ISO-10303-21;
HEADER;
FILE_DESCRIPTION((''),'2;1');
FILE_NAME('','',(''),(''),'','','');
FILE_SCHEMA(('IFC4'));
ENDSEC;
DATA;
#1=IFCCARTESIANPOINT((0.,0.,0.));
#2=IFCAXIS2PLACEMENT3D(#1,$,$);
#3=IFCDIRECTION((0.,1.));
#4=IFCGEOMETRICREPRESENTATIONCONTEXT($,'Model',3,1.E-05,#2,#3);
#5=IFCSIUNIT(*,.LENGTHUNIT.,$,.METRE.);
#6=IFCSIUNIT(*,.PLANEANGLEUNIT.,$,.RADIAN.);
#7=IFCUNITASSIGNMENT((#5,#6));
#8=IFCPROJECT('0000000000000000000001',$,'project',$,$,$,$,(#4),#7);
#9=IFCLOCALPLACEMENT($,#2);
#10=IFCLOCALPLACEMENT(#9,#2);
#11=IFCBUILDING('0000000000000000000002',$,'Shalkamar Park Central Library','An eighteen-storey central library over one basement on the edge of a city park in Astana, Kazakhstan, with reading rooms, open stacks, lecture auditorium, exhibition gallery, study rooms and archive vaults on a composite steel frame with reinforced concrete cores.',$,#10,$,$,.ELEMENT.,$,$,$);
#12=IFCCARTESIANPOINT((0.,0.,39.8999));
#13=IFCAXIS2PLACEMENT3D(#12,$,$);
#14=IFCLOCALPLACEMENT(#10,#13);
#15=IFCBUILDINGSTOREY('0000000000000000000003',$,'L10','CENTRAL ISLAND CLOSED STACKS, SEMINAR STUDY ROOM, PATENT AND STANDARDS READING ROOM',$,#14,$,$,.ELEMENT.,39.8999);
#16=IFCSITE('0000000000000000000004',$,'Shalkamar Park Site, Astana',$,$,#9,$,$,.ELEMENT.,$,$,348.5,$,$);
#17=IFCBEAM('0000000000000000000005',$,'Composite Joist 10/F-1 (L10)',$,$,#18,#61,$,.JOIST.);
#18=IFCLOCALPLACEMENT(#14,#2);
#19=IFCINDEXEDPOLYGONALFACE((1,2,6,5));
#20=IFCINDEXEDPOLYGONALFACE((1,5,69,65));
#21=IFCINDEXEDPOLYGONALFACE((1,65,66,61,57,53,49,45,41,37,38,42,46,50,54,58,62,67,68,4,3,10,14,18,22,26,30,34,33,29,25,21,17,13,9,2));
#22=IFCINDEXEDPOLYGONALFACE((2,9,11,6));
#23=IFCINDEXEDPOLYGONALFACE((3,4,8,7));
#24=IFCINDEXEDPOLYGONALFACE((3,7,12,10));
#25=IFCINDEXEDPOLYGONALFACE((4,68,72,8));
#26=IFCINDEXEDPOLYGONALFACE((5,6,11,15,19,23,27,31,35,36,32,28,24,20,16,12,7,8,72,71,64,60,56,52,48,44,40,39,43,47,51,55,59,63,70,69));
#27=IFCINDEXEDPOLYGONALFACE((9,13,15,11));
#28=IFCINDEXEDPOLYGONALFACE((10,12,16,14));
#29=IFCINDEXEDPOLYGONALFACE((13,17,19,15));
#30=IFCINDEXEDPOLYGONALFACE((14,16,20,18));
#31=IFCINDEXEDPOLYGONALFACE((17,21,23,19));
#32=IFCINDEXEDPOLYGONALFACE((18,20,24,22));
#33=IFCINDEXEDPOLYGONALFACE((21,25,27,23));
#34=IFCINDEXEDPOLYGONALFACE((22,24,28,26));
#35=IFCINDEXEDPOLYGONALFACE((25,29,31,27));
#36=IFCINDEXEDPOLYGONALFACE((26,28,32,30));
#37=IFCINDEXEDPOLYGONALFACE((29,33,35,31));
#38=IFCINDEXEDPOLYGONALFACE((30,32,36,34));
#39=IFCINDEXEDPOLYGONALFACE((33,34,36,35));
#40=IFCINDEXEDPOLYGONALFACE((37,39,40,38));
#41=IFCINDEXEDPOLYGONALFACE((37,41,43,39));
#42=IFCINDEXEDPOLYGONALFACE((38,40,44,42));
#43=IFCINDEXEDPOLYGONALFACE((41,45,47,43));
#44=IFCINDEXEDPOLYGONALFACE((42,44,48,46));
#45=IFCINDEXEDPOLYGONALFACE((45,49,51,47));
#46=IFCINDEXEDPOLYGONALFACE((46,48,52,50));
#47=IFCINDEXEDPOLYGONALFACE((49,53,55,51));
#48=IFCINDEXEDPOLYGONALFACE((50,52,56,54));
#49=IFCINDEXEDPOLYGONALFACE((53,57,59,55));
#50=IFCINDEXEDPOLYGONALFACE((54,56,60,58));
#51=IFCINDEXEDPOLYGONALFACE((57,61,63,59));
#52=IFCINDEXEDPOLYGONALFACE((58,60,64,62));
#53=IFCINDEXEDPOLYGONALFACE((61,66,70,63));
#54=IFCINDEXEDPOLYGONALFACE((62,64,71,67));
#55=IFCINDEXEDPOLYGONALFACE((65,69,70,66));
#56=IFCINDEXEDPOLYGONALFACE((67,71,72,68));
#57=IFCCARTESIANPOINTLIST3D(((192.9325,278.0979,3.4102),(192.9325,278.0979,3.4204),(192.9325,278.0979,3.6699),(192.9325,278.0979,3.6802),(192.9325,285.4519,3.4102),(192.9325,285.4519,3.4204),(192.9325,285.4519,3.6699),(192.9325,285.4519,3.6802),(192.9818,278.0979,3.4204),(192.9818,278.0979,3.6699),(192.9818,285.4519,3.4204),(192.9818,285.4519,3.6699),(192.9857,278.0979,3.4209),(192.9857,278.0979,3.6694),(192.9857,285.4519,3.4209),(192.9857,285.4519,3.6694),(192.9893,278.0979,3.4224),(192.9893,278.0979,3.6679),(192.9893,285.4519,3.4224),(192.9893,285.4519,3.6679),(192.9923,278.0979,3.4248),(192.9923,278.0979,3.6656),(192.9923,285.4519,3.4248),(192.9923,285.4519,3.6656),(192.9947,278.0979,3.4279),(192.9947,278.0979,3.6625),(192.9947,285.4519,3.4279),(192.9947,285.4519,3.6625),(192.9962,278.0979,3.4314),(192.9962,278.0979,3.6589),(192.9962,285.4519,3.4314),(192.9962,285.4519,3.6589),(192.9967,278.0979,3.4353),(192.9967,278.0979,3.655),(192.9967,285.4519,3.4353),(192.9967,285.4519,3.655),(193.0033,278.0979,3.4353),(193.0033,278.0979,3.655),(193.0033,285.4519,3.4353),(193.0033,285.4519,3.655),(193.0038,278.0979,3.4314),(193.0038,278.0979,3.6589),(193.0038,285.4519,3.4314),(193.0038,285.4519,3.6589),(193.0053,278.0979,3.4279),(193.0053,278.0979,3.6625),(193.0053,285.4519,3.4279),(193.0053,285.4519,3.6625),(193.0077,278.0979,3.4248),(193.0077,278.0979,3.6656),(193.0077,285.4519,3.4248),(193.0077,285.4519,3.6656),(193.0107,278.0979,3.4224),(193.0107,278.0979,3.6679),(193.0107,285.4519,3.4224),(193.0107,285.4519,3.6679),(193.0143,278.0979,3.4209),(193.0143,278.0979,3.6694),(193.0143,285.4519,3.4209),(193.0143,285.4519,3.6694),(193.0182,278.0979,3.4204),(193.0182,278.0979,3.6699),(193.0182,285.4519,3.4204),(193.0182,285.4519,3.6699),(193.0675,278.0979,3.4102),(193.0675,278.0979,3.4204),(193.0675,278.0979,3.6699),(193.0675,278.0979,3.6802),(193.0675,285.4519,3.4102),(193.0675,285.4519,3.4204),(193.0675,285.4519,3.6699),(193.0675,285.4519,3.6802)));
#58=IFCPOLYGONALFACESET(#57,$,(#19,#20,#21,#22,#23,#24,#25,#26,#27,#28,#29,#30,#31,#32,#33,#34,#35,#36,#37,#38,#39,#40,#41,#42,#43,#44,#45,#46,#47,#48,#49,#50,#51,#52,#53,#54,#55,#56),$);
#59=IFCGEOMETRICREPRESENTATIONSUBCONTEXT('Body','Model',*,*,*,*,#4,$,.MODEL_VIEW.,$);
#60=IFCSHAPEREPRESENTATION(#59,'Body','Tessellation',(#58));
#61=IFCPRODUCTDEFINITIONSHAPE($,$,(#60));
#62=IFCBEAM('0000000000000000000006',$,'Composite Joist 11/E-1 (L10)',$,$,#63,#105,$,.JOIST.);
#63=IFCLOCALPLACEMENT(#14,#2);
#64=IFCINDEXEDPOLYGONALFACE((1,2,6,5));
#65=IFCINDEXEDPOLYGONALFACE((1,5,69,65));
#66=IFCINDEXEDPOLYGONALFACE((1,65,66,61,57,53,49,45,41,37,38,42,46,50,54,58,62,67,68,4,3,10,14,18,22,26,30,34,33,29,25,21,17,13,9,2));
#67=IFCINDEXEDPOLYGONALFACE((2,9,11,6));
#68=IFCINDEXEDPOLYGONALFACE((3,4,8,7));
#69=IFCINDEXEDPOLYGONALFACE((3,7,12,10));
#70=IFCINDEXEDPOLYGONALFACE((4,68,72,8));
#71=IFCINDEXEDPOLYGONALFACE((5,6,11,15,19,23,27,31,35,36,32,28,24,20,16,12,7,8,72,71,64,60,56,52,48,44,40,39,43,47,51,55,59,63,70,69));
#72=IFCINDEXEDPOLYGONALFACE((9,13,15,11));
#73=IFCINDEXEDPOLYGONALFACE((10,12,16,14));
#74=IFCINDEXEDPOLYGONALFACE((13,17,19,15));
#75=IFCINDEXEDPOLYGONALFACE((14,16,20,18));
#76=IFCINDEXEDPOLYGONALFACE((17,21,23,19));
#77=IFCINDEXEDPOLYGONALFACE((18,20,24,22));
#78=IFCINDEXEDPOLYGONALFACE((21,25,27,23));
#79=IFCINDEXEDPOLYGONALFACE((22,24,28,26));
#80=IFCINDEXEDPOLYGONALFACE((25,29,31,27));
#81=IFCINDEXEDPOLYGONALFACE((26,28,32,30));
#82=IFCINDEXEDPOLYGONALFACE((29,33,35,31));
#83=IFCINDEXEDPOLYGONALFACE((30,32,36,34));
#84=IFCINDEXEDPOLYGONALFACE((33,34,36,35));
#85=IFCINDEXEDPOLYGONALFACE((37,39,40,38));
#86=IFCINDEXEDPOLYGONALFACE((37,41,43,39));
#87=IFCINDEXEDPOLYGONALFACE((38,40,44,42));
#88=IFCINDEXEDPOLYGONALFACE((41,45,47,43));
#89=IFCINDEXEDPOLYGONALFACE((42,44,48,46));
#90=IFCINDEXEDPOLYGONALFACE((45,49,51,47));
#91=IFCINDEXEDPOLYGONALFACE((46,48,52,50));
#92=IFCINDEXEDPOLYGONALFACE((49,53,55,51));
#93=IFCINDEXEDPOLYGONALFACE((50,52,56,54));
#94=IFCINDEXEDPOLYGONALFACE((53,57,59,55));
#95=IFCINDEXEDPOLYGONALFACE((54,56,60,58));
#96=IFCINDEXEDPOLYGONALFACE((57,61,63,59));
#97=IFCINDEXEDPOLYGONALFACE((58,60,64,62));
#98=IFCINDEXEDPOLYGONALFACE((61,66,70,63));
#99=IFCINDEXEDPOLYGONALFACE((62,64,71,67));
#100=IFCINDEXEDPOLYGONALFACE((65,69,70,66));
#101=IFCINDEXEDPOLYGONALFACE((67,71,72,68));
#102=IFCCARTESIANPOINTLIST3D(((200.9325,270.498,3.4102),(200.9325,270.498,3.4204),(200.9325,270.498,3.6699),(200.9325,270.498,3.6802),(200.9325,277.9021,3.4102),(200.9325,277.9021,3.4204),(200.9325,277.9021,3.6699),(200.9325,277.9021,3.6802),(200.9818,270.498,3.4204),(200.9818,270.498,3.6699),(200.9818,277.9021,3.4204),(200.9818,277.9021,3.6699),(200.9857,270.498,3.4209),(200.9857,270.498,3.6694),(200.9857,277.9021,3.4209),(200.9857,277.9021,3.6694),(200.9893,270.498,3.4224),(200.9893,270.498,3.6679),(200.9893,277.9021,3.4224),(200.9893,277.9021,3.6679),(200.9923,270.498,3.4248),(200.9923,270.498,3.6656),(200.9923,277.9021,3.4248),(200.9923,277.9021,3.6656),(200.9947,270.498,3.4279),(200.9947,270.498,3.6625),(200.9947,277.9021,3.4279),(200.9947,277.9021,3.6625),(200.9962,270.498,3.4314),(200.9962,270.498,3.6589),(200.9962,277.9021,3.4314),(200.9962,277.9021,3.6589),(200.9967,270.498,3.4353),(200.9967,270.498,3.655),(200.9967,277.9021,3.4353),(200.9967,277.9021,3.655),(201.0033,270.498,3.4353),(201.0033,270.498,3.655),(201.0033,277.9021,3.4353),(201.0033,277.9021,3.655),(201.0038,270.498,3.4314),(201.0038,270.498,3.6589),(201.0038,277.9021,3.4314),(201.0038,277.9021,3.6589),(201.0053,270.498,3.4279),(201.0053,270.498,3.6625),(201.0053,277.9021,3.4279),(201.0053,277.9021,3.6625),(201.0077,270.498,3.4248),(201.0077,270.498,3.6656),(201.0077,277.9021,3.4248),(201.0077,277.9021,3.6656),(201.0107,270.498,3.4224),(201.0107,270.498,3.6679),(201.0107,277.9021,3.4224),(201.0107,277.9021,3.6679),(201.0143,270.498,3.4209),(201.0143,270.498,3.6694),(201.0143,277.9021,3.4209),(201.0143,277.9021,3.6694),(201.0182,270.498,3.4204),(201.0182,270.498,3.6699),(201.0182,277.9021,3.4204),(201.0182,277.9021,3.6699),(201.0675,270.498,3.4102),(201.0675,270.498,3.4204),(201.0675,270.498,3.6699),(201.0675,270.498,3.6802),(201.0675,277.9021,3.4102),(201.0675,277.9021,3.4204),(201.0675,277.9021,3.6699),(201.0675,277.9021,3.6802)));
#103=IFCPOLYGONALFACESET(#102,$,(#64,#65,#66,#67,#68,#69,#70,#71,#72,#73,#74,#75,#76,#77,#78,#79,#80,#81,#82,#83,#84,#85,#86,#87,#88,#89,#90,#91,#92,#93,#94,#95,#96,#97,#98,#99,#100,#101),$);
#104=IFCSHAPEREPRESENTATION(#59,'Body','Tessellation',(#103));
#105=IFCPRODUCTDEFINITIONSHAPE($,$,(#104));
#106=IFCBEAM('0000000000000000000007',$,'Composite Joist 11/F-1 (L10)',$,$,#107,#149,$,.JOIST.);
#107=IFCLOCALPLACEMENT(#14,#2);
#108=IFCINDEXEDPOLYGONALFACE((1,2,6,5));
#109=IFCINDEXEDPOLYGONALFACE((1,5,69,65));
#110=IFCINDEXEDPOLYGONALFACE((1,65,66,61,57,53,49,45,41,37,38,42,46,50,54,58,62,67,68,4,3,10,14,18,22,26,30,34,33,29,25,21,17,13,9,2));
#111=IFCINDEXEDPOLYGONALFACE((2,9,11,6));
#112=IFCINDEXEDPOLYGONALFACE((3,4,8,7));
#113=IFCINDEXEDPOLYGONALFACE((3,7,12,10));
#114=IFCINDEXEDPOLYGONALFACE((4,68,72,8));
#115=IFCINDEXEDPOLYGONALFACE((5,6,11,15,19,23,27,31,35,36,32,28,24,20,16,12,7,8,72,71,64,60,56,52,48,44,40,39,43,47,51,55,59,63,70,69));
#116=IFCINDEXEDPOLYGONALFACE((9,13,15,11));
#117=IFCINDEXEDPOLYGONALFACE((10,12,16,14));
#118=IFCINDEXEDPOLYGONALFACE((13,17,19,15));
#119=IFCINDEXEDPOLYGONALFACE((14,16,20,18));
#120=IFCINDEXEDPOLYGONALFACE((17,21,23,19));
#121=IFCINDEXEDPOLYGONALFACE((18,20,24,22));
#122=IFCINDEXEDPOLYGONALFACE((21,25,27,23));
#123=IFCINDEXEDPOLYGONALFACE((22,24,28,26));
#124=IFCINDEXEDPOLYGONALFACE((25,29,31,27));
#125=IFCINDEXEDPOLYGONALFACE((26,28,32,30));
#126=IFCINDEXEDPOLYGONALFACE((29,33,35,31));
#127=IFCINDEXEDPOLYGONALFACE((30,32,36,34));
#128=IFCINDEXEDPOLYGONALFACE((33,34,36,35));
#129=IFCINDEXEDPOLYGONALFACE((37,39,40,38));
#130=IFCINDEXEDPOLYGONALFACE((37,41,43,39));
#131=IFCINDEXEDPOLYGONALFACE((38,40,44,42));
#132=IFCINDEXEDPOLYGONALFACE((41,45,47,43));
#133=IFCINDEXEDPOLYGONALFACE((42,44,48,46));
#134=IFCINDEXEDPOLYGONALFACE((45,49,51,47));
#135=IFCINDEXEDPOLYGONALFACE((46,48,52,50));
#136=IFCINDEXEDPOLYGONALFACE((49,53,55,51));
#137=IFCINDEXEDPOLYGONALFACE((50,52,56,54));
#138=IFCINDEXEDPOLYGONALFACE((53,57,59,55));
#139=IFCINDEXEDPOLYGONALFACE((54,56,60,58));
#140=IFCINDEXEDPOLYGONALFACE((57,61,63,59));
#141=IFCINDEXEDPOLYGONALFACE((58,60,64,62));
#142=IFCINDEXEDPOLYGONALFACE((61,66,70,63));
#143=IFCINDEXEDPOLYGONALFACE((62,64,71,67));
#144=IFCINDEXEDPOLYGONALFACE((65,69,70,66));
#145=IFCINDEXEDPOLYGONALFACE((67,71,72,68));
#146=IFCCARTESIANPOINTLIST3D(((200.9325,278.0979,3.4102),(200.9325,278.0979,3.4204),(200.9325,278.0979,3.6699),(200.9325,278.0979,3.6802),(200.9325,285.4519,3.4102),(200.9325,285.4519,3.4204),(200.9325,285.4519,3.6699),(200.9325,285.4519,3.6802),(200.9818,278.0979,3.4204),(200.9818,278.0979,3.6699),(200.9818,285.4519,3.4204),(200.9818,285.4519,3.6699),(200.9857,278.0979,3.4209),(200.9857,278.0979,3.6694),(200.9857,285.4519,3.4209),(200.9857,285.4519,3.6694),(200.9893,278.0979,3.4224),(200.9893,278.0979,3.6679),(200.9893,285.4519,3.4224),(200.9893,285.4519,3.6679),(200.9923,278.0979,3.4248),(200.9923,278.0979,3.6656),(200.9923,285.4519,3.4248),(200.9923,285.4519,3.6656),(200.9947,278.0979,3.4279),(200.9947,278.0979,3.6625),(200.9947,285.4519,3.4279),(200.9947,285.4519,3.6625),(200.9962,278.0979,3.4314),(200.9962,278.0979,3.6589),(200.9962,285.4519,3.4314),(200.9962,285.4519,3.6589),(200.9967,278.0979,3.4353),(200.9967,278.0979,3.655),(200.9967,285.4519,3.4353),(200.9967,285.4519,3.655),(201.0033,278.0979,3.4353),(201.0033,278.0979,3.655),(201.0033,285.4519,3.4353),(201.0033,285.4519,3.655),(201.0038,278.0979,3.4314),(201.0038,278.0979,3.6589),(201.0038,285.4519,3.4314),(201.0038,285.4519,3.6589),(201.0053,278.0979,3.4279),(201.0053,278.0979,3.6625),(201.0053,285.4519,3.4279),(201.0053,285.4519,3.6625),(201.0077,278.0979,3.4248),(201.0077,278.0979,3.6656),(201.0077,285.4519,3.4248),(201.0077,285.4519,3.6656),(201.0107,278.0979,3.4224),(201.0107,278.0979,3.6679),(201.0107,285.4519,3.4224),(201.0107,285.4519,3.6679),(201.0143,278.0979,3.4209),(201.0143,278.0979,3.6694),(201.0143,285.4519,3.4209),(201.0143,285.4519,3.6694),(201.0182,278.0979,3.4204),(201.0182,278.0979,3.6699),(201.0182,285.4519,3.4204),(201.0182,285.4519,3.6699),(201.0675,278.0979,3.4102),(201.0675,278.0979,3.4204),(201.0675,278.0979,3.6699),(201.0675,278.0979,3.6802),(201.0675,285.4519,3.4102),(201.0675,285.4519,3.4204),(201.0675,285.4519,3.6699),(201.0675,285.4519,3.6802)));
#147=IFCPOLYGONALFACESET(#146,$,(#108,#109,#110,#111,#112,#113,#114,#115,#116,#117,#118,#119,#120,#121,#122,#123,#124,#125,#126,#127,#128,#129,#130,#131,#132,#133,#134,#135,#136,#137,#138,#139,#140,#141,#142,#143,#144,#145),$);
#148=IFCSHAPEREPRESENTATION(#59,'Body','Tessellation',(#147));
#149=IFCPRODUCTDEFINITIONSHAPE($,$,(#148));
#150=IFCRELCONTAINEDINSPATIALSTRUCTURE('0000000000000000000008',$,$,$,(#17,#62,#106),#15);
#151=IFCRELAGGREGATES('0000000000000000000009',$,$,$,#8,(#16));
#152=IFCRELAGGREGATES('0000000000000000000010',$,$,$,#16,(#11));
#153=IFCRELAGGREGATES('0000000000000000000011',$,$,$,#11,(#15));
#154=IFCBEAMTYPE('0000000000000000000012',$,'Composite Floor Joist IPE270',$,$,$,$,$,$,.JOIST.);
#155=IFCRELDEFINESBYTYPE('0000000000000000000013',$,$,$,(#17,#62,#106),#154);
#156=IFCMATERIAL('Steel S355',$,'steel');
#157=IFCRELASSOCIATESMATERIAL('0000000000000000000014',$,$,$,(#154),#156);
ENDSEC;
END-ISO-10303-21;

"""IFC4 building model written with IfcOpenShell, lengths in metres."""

from ifc_helpers import new_model, si_unit, direction, frame, origin, origin_2d, place, context, subcontext, project, spatial, i_section, extrude, material, material_profile, profile_set, type_object, element, save


model = new_model("IFC4")

# Units and contexts
model_context = context("Model", 3, precision=1e-05, world=origin(), true_north=direction((0.0, 1.0)))
body_context = subcontext(model_context, "Body", "Model", "MODEL_VIEW")
ifc_project = project(units=[si_unit("LENGTHUNIT", "METRE"), si_unit("PLANEANGLEUNIT", "RADIAN")], contexts=[model_context])

# Site, building, storey
site_placement = place(None, origin())
site = spatial("IfcSite", under=ifc_project, at=site_placement, Name="Shalkamar Park Site, Astana", CompositionType="ELEMENT", RefElevation=348.5)
building_placement = place(site_placement, origin())
building = spatial("IfcBuilding", under=site, at=building_placement, Name="Shalkamar Park Central Library", Description="An eighteen-storey central library over one basement on the edge of a city park in Astana, Kazakhstan, with reading rooms, open stacks, lecture auditorium, exhibition gallery, study rooms and archive vaults on a composite steel frame with reinforced concrete cores.", CompositionType="ELEMENT")
storey_placement = place(building_placement, frame((0.0, 0.0, 39.8999)))
storey = spatial("IfcBuildingStorey", under=building, at=storey_placement, Name="L10", Description="CENTRAL ISLAND CLOSED STACKS, SEMINAR STUDY ROOM, PATENT AND STANDARDS READING ROOM", CompositionType="ELEMENT", Elevation=39.8999)

# Shared definitions
ifc_material_1 = material(Name="Steel S355", Category="steel")

# Beams
ifc_material_profile_1 = material_profile(ifc_material_1, i_section(OverallWidth=0.135, OverallDepth=0.27, WebThickness=0.0066, FlangeThickness=0.0103, FilletRadius=0.0149, at=origin_2d()), Name="IPE 270")
ifc_profile_set_1 = profile_set([ifc_material_profile_1], Name="Steel S355")
beam_type_1 = type_object("IfcBeamType", Name="Composite Floor Joist IPE270", PredefinedType="JOIST", material=ifc_profile_set_1)
beam_1_placement = place(storey_placement, frame((193.0, 278.0979, 3.5452), z_axis=(0.0, 1.0, 0.0), x_axis=(-1.0, 0.0, 0.0)))
element("IfcBeam", 1, at=beam_1_placement, inside=storey, type_object=beam_type_1, Name="Composite Joist 10/F-1 (L10)", PredefinedType="JOIST", context=body_context, shape_type="SweptSolid", body=[
    extrude(i_section(OverallWidth=0.135, OverallDepth=0.27, WebThickness=0.0066, FlangeThickness=0.0103, FilletRadius=0.0149, at=origin_2d()), origin(), (0.0, 0.0, 1.0), 7.354),
])
beam_2_placement = place(storey_placement, frame((201.0, 270.498, 3.5452), z_axis=(0.0, 1.0, 0.0), x_axis=(-1.0, 0.0, 0.0)))
element("IfcBeam", 2, at=beam_2_placement, inside=storey, type_object=beam_type_1, Name="Composite Joist 11/E-1 (L10)", PredefinedType="JOIST", context=body_context, shape_type="SweptSolid", body=[
    extrude(i_section(OverallWidth=0.135, OverallDepth=0.27, WebThickness=0.0066, FlangeThickness=0.0103, FilletRadius=0.0149, at=origin_2d()), origin(), (0.0, 0.0, 1.0), 7.4041),
])
beam_3_placement = place(storey_placement, frame((201.0, 278.0979, 3.5452), z_axis=(0.0, 1.0, 0.0), x_axis=(-1.0, 0.0, 0.0)))
element("IfcBeam", 3, at=beam_3_placement, inside=storey, type_object=beam_type_1, Name="Composite Joist 11/F-1 (L10)", PredefinedType="JOIST", context=body_context, shape_type="SweptSolid", body=[
    extrude(i_section(OverallWidth=0.135, OverallDepth=0.27, WebThickness=0.0066, FlangeThickness=0.0103, FilletRadius=0.0149, at=origin_2d()), origin(), (0.0, 0.0, 1.0), 7.354),
])

save(model, "model.ifc")
